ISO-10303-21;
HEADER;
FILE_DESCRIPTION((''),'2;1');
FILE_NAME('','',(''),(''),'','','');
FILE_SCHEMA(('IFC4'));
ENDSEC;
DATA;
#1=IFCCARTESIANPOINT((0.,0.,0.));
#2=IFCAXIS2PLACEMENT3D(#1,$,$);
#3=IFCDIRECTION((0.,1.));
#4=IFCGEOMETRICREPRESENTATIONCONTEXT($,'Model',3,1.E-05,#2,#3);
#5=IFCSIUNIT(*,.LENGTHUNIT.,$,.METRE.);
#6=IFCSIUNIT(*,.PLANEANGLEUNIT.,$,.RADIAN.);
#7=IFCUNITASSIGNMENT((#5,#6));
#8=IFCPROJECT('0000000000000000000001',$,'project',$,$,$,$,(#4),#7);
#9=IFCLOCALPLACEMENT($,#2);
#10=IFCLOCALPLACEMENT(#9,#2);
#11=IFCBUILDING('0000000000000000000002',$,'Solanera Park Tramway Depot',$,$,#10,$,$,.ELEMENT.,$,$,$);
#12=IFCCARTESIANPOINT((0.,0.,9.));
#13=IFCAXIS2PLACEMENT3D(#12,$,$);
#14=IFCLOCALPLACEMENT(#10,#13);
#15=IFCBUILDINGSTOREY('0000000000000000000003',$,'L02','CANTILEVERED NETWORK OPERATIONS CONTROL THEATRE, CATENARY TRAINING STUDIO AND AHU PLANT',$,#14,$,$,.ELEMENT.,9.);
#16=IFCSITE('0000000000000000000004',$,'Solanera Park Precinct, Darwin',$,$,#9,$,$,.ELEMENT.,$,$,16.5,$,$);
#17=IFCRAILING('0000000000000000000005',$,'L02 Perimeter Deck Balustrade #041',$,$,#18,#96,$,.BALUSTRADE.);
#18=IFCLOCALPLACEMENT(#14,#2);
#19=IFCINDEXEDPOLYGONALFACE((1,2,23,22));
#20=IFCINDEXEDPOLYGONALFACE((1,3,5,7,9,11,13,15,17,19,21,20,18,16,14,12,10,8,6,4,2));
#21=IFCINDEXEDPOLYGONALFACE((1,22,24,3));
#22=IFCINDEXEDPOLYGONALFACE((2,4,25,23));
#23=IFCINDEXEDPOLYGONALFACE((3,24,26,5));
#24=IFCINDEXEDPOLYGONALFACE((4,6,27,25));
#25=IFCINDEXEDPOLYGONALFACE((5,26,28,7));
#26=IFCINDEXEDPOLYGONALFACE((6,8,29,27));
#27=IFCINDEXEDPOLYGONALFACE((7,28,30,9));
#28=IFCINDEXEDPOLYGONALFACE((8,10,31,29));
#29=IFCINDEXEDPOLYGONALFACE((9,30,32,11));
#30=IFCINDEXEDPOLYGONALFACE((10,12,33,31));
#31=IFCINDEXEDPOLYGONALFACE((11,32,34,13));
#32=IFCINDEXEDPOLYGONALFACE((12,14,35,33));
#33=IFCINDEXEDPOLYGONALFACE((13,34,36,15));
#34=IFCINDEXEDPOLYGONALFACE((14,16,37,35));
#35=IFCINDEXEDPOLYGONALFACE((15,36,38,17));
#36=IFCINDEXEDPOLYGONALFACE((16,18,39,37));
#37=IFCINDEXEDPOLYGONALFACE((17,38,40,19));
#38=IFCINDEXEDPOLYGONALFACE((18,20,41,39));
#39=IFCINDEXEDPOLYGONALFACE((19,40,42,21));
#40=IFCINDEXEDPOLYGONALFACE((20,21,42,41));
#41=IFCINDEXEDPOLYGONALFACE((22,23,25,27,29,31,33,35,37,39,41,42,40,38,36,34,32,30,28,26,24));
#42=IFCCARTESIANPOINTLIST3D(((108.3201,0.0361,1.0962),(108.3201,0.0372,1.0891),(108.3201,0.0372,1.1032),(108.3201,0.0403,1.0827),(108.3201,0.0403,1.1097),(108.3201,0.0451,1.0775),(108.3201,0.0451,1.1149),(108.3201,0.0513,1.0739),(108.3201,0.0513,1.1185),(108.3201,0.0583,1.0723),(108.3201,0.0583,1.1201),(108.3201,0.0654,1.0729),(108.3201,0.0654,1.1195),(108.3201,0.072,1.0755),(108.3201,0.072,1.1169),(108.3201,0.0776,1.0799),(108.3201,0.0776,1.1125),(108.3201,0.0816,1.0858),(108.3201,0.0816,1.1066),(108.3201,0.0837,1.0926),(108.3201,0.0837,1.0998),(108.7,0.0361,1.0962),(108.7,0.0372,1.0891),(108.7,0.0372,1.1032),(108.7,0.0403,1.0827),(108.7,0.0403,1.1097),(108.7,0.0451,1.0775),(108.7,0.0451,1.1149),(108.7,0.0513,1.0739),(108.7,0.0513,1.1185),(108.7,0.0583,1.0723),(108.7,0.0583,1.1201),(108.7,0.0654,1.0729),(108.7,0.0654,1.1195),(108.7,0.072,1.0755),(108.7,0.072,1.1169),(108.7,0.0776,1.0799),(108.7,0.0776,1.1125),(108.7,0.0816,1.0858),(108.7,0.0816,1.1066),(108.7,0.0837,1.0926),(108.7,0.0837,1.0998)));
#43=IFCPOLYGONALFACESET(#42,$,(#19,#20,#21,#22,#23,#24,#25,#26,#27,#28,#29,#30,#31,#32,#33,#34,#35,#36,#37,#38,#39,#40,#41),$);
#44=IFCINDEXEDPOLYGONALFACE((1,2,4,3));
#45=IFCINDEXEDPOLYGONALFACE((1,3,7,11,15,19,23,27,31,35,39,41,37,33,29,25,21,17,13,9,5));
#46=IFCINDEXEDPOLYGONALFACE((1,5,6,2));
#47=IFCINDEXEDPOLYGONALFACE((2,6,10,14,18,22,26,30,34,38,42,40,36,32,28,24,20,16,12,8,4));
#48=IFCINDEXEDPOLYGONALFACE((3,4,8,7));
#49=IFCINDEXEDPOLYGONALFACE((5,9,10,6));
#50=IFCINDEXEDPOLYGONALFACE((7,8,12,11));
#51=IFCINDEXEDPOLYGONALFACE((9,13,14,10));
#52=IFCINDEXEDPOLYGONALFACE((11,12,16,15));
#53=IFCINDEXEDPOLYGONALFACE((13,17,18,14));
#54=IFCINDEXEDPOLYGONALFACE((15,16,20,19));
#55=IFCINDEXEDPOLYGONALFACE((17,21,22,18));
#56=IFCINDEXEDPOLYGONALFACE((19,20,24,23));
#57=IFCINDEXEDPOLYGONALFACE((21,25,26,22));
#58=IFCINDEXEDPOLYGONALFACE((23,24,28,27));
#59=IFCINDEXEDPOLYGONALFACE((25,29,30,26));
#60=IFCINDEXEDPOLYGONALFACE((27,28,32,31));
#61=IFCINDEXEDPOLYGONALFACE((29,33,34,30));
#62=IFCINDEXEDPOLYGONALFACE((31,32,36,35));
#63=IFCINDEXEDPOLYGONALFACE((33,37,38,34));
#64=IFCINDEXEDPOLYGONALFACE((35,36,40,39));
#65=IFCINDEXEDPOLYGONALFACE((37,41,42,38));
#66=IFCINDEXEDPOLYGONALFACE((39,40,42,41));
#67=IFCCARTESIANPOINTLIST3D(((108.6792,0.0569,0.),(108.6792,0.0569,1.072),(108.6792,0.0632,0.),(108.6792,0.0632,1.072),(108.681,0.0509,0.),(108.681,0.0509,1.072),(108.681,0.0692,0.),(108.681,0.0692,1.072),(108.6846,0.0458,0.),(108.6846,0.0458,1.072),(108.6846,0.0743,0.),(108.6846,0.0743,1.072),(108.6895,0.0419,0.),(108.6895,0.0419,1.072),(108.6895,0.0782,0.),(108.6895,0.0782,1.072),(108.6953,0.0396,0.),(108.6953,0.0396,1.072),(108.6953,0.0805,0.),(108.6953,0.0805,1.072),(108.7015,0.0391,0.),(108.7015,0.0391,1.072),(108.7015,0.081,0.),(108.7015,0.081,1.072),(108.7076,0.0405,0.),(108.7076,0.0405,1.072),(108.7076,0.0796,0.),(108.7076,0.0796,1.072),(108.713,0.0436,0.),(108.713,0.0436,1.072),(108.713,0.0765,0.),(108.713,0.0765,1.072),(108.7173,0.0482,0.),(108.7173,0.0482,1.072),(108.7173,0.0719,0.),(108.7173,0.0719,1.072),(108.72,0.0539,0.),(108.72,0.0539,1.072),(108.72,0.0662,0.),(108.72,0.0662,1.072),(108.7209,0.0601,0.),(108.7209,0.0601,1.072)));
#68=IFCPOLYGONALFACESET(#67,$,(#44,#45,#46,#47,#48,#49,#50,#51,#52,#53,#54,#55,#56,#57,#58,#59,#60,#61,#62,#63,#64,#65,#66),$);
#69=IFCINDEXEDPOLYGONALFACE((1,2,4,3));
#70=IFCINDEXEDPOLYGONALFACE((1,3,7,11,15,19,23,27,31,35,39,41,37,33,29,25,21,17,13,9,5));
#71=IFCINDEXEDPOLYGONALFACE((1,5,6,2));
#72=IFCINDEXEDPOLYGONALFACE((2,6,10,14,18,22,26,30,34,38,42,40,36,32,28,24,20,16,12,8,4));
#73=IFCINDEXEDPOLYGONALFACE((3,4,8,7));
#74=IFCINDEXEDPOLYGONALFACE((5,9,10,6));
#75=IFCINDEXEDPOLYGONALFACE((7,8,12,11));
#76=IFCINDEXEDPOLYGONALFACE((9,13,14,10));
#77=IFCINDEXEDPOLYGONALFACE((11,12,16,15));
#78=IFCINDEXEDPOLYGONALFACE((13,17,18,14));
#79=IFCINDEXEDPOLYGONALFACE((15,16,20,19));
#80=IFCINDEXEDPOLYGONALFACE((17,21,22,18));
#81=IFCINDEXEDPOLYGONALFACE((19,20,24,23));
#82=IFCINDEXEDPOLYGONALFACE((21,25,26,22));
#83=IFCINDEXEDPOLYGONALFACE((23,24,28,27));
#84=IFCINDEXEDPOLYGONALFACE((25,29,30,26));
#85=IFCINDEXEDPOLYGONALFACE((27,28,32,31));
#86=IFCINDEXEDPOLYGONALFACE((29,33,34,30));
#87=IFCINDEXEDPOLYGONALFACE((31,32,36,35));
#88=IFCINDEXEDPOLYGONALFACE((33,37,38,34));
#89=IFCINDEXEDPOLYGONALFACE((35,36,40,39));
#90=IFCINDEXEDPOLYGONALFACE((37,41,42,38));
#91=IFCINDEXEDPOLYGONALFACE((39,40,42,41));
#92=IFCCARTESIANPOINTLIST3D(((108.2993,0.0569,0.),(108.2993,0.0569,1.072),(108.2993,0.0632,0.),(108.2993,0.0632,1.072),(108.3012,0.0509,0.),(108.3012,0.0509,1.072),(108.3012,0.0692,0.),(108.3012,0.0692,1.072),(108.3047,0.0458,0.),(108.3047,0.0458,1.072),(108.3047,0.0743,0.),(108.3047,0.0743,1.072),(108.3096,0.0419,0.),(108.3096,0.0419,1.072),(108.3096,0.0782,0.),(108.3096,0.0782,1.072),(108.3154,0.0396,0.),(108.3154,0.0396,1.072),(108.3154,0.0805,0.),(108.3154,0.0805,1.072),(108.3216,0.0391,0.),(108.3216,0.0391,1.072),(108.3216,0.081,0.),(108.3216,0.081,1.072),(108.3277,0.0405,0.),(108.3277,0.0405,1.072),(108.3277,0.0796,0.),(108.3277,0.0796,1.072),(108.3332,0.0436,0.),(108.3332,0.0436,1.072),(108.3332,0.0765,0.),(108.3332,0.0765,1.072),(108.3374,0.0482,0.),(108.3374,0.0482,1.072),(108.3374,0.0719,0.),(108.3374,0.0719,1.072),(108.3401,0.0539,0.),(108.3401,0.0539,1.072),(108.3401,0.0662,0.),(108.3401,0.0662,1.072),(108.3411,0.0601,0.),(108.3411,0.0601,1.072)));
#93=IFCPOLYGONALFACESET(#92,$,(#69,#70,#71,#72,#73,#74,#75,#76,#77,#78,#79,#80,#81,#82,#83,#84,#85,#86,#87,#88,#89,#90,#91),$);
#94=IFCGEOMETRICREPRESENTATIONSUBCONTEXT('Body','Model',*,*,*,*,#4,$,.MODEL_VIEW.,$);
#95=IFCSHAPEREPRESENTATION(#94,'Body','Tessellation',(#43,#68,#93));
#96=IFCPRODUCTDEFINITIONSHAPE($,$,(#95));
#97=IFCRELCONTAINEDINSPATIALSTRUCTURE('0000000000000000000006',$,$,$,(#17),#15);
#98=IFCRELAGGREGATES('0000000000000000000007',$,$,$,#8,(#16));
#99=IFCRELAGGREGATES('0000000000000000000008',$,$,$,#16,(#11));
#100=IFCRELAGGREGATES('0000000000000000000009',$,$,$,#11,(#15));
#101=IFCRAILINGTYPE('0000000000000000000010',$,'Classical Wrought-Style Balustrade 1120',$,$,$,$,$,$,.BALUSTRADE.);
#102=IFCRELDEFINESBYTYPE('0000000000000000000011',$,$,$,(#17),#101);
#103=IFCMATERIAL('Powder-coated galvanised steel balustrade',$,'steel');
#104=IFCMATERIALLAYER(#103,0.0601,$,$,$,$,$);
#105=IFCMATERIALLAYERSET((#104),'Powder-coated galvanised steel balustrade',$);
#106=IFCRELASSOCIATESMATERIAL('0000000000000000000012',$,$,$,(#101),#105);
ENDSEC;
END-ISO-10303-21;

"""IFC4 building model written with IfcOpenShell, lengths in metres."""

from ifc_helpers import new_model, si_unit, direction, frame, origin, origin_2d, place, context, subcontext, project, spatial, circle, extrude, material, layer, layer_set, type_object, element, save


model = new_model("IFC4")

# Units and contexts
model_context = context("Model", 3, precision=1e-05, world=origin(), true_north=direction((0.0, 1.0)))
body_context = subcontext(model_context, "Body", "Model", "MODEL_VIEW")
ifc_project = project(units=[si_unit("LENGTHUNIT", "METRE"), si_unit("PLANEANGLEUNIT", "RADIAN")], contexts=[model_context])

# Site, building, storey
site_placement = place(None, origin())
site = spatial("IfcSite", under=ifc_project, at=site_placement, Name="Solanera Park Precinct, Darwin", CompositionType="ELEMENT", RefElevation=16.5)
building_placement = place(site_placement, origin())
building = spatial("IfcBuilding", under=site, at=building_placement, Name="Solanera Park Tramway Depot", CompositionType="ELEMENT")
storey_placement = place(building_placement, frame((0.0, 0.0, 9.0)))
storey = spatial("IfcBuildingStorey", under=building, at=storey_placement, Name="L02", Description="CANTILEVERED NETWORK OPERATIONS CONTROL THEATRE, CATENARY TRAINING STUDIO AND AHU PLANT", CompositionType="ELEMENT", Elevation=9.0)

# Railing
ifc_material_1 = material(Name="Powder-coated galvanised steel balustrade", Category="steel")
ifc_layer_1 = layer(ifc_material_1, 0.0601)
ifc_layer_set_1 = layer_set([ifc_layer_1], Name="Powder-coated galvanised steel balustrade")
railing_type = type_object("IfcRailingType", Name="Classical Wrought-Style Balustrade 1120", PredefinedType="BALUSTRADE", material=ifc_layer_set_1)
railing_placement = place(storey_placement, frame((108.7, 0.0601, 0.0)))
element("IfcRailing", 1, at=railing_placement, inside=storey, type_object=railing_type, Name="L02 Perimeter Deck Balustrade #041", PredefinedType="BALUSTRADE", context=body_context, shape_type="SweptSolid", body=[
    extrude(circle(Radius=0.0239, at=origin_2d()), frame((0.0, 0.0, 1.0962), z_axis=(-1.0, 0.0, 0.0), x_axis=(0.0, -1.0, 0.0)), (0.0, 0.0, 1.0), 0.3799),
    extrude(circle(Radius=0.021, at=origin_2d()), origin(), (0.0, 0.0, 1.0), 1.072),
    extrude(circle(Radius=0.021, at=origin_2d()), frame((-0.3799, 0.0, 0.0)), (0.0, 0.0, 1.0), 1.072),
])

save(model, "model.ifc")
